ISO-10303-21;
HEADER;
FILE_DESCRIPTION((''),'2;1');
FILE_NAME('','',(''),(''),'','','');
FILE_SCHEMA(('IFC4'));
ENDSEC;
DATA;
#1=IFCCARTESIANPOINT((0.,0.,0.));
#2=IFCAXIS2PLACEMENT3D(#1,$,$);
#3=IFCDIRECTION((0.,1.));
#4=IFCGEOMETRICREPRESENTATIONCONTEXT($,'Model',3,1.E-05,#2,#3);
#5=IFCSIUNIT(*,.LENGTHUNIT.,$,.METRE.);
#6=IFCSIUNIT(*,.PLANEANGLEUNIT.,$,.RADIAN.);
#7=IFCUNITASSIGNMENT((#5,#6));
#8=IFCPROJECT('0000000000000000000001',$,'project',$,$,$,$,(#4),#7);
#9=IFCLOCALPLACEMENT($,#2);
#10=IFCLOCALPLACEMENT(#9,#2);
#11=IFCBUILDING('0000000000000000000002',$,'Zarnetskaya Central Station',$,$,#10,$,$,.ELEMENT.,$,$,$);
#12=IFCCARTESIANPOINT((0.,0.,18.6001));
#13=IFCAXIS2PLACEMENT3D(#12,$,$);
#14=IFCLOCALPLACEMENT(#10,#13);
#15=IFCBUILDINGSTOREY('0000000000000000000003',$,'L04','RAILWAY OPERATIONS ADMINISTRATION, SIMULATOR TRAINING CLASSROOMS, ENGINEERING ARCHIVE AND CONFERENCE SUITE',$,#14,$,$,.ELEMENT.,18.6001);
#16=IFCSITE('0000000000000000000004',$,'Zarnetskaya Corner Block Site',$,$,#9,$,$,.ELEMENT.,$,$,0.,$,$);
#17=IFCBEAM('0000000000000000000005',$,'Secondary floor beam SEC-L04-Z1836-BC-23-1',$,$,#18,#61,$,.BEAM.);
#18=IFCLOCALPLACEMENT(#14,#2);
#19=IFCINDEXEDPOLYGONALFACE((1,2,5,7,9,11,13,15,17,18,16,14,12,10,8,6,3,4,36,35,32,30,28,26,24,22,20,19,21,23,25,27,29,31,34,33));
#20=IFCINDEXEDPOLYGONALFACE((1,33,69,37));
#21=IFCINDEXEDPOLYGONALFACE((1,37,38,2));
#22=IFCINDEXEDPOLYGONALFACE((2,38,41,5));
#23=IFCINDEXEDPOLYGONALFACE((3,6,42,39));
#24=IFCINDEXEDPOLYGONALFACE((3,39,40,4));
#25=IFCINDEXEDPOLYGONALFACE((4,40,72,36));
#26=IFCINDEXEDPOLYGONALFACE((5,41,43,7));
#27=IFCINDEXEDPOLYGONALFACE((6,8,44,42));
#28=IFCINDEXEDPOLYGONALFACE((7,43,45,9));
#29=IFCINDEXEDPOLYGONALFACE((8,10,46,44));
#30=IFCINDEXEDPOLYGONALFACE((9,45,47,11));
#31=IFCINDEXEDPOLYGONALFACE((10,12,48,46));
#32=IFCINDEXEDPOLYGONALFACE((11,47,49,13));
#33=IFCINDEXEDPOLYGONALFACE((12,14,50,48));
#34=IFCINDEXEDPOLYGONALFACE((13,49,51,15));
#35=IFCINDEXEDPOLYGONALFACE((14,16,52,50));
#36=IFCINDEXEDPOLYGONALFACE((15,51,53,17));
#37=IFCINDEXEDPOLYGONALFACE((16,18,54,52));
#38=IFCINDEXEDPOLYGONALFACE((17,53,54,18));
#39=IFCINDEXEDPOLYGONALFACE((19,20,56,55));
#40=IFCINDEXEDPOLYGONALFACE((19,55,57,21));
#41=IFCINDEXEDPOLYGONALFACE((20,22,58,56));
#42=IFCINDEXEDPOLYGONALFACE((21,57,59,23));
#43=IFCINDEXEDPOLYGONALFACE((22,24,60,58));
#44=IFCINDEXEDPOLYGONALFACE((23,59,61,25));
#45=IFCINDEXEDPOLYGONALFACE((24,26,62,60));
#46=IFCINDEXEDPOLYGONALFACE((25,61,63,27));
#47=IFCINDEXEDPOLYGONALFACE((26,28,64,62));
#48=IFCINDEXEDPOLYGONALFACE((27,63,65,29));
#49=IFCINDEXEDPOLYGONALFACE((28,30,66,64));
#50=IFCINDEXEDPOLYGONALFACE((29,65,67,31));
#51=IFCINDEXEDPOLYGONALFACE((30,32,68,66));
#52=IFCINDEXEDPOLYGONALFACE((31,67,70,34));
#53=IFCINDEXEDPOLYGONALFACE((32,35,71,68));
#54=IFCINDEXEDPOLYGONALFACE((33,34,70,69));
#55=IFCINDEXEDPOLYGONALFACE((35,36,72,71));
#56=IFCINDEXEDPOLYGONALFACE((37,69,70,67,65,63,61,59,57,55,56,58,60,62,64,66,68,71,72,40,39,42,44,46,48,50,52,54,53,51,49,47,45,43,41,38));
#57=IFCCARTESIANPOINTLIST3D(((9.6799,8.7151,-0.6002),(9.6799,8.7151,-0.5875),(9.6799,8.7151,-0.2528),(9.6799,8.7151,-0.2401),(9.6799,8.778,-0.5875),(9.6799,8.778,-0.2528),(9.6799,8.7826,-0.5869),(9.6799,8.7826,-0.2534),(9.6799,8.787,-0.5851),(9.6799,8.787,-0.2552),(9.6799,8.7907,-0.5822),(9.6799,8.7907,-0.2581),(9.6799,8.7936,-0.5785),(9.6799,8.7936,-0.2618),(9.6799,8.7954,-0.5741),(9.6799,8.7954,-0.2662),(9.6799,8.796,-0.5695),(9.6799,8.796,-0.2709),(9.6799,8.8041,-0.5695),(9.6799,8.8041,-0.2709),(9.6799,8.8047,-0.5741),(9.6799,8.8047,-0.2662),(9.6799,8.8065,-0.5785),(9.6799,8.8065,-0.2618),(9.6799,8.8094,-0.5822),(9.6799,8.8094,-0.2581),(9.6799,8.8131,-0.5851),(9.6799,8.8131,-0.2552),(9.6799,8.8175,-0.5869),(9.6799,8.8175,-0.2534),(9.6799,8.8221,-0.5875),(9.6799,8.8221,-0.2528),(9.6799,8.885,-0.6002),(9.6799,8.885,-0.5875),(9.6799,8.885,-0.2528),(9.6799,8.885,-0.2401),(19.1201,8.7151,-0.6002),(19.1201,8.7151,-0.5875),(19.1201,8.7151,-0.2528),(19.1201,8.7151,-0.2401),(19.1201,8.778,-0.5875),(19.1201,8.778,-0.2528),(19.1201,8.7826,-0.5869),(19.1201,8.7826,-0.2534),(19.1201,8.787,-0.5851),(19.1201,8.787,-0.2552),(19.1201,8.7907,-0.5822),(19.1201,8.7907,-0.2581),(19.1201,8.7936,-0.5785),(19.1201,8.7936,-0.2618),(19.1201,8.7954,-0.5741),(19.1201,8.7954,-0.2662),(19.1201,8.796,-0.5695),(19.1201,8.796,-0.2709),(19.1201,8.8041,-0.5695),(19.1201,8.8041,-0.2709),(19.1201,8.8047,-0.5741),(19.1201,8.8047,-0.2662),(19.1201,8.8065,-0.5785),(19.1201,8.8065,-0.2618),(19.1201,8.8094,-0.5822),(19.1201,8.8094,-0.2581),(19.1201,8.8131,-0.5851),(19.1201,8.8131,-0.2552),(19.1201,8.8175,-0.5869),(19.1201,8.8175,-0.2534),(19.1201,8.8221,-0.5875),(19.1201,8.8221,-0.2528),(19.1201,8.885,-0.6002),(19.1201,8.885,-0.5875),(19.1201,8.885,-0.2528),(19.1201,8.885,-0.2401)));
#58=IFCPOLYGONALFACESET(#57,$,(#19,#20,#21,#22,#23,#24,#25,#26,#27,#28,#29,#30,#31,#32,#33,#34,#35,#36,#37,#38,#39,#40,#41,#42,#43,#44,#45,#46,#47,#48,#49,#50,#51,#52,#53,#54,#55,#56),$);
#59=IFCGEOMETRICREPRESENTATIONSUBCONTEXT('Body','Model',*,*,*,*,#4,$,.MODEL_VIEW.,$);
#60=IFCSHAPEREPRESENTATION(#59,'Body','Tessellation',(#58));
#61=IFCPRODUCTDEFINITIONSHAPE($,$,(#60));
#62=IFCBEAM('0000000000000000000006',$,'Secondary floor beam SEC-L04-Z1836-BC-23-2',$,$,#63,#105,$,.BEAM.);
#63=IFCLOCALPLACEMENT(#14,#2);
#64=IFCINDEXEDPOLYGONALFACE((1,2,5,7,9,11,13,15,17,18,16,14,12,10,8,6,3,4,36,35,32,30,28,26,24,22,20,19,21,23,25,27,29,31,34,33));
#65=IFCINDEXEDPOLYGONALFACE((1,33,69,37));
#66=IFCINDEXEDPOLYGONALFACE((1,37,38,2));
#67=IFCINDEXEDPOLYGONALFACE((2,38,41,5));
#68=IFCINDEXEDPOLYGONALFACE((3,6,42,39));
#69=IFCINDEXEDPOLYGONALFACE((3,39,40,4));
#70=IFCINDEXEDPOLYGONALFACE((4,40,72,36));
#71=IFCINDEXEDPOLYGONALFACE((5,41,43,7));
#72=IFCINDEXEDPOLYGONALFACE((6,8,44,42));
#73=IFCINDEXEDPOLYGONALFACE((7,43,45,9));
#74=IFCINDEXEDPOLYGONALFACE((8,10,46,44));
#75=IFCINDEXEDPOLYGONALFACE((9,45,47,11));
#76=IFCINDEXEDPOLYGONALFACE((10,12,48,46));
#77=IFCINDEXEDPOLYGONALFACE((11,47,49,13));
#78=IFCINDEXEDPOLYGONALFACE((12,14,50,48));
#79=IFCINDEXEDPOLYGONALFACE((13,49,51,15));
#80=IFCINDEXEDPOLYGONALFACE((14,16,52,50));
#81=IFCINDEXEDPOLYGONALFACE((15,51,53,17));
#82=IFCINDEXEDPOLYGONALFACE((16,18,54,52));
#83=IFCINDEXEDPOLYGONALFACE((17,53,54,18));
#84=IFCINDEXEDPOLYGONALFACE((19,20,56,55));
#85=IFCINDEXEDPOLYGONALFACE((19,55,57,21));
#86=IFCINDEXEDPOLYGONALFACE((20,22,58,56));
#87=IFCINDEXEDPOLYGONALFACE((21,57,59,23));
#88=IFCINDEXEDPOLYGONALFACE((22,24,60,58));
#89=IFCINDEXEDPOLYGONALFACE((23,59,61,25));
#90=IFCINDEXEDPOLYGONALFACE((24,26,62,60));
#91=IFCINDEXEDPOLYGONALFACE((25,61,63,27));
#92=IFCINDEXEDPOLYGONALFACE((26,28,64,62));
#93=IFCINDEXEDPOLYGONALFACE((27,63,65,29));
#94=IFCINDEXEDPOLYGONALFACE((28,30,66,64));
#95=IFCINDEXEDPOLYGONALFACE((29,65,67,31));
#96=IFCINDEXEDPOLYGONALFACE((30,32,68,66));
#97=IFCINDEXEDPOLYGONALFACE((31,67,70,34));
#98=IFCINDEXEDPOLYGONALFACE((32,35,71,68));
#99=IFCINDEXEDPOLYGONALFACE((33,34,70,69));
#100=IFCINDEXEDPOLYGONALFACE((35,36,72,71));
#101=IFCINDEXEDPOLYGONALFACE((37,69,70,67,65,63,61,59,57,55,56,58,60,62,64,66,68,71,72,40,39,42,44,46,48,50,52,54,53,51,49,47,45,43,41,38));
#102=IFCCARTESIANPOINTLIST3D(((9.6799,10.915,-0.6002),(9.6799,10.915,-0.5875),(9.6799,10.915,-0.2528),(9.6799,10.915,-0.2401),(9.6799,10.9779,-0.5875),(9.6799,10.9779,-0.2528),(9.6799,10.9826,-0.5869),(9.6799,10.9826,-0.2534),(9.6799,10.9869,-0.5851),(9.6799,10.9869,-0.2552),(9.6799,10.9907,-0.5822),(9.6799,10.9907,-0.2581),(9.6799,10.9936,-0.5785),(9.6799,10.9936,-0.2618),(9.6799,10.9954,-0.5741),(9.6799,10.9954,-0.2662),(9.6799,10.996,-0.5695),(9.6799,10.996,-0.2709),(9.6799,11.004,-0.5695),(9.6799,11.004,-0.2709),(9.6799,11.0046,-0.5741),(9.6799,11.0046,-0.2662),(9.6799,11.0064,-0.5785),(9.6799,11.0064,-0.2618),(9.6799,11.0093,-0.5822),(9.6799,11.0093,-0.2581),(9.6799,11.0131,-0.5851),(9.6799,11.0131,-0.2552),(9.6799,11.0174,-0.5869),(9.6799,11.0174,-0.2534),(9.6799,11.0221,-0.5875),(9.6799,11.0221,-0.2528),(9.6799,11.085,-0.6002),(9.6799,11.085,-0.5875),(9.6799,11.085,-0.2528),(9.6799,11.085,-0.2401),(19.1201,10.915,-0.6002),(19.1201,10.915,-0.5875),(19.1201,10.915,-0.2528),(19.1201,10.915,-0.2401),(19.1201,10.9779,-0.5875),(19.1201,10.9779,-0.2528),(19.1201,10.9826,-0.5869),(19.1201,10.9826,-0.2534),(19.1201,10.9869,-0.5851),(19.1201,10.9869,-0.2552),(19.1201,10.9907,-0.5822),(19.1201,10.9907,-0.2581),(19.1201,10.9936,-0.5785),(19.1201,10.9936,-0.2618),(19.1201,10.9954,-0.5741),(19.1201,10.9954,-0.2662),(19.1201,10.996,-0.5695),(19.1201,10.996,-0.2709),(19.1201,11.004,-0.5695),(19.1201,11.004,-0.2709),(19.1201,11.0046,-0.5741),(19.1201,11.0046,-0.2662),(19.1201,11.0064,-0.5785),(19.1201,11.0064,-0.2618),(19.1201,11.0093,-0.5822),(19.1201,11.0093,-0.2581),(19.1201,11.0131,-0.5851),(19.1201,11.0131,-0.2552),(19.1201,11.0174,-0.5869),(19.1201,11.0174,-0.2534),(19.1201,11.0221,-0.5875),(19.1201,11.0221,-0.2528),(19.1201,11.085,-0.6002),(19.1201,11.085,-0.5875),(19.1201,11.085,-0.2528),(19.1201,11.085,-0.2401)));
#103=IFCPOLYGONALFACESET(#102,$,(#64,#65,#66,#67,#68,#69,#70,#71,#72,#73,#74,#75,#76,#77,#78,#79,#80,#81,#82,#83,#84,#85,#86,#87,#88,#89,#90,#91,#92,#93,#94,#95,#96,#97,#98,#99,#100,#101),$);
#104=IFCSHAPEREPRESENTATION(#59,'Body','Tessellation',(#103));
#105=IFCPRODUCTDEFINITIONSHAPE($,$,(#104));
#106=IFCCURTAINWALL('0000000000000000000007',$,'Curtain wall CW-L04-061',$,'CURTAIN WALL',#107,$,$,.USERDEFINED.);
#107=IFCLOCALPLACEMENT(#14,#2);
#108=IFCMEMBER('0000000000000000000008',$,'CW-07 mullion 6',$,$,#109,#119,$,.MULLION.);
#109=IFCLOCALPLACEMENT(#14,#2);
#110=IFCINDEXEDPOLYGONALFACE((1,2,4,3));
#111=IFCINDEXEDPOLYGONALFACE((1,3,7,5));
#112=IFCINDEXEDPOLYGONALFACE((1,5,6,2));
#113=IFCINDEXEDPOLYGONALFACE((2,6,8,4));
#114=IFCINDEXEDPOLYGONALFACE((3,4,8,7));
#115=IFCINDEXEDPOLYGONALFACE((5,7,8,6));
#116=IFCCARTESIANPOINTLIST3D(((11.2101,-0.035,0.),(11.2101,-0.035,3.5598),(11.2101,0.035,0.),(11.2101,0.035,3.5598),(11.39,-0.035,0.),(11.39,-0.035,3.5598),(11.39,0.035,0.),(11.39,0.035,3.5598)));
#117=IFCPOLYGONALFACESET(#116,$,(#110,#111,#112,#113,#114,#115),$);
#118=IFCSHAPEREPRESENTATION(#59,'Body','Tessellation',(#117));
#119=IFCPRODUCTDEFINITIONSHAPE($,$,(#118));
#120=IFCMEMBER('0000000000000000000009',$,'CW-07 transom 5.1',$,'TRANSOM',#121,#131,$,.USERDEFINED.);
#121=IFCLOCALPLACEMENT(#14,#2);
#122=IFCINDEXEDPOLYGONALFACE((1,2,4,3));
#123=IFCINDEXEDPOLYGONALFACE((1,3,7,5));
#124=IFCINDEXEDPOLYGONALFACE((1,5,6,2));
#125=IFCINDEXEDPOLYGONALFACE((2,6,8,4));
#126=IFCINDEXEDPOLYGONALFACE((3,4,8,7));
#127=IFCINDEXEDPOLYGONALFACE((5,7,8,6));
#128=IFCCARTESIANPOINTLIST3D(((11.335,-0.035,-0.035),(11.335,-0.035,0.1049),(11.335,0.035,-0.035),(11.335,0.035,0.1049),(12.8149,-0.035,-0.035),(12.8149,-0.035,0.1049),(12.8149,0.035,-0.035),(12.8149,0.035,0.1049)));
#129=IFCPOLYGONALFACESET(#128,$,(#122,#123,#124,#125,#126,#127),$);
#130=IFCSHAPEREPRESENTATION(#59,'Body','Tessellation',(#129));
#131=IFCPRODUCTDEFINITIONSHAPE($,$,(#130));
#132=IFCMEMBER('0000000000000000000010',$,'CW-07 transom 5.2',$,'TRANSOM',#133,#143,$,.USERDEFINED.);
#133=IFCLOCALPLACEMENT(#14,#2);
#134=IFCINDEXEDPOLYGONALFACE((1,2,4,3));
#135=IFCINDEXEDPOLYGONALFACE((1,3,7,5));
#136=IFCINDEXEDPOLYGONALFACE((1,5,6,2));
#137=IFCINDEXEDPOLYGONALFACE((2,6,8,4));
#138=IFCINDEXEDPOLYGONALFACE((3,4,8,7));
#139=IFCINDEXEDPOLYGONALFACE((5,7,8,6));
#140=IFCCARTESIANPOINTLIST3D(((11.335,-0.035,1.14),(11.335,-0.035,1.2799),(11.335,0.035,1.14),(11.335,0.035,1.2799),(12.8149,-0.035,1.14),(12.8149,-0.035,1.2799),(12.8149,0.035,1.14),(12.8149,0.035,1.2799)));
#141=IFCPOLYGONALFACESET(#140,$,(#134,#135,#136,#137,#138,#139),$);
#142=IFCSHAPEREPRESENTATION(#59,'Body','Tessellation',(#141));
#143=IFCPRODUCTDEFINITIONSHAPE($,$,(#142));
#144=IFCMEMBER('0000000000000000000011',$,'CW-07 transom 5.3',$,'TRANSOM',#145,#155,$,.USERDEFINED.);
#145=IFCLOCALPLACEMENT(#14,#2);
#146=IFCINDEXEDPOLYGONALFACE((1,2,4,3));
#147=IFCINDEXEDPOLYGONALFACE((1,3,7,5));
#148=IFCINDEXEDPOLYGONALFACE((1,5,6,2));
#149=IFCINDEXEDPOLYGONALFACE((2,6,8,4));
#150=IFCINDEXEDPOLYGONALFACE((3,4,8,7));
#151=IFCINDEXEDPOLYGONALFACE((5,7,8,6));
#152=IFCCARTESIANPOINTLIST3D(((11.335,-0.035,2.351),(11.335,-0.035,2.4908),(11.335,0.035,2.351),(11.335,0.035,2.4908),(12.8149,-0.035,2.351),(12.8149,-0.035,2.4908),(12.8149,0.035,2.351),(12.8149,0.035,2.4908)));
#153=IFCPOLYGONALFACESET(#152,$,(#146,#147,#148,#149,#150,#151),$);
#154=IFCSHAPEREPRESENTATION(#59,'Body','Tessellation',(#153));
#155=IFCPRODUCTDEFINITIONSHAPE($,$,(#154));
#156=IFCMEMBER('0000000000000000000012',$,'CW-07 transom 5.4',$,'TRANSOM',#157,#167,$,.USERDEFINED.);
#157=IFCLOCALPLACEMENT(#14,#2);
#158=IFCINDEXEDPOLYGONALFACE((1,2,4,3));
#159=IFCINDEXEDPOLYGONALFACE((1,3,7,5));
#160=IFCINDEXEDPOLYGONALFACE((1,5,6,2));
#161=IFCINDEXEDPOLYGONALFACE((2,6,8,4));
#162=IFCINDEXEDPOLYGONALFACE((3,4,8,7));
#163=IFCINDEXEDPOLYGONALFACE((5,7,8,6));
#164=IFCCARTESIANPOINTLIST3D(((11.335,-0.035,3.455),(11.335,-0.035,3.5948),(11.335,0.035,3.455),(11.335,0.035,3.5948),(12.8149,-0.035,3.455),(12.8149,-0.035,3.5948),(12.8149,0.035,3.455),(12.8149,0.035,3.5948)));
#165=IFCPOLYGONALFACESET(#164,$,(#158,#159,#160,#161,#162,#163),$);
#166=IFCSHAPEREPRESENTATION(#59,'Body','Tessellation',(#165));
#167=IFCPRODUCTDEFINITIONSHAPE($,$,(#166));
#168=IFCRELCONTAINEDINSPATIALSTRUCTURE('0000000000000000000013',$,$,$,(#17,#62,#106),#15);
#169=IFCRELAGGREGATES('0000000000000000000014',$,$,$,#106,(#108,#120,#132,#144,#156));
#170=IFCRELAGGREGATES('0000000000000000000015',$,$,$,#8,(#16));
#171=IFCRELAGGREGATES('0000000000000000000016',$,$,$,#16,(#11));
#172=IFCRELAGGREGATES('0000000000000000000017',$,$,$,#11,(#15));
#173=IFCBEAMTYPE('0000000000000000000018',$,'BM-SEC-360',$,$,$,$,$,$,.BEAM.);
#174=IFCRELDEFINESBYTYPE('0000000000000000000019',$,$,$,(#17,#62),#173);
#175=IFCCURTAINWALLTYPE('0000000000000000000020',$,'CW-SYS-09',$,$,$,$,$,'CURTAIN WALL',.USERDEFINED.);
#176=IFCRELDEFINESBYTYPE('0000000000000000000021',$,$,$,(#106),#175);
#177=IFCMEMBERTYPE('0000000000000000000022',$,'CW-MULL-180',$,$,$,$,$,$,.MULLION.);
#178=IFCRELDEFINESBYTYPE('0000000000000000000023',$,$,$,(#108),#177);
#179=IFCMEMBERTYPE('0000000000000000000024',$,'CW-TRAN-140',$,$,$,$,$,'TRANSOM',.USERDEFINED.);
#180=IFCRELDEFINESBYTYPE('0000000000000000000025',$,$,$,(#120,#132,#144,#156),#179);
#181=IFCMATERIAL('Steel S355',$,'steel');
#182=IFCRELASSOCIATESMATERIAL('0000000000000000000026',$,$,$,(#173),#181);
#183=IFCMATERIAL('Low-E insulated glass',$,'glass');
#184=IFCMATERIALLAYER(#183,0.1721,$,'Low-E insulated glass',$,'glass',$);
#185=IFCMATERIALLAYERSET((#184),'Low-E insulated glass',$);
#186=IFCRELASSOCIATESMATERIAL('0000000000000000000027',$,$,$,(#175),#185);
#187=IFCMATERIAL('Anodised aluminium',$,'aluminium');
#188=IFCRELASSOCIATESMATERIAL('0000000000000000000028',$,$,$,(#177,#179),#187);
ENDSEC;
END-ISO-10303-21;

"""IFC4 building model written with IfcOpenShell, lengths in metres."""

from ifc_helpers import new_model, si_unit, direction, frame, origin, origin_2d, place, context, subcontext, project, spatial, rectangle, i_section, extrude, material, layer, layer_set, material_profile, profile_set, type_object, element, aggregate, save


model = new_model("IFC4")

# Units and contexts
model_context = context("Model", 3, precision=1e-05, world=origin(), true_north=direction((0.0, 1.0)))
body_context = subcontext(model_context, "Body", "Model", "MODEL_VIEW")
ifc_project = project(units=[si_unit("LENGTHUNIT", "METRE"), si_unit("PLANEANGLEUNIT", "RADIAN")], contexts=[model_context])

# Site, building, storey
site_placement = place(None, origin())
site = spatial("IfcSite", under=ifc_project, at=site_placement, Name="Zarnetskaya Corner Block Site", CompositionType="ELEMENT", RefElevation=0.0)
building_placement = place(site_placement, origin())
building = spatial("IfcBuilding", under=site, at=building_placement, Name="Zarnetskaya Central Station", CompositionType="ELEMENT")
storey_placement = place(building_placement, frame((0.0, 0.0, 18.6001)))
storey = spatial("IfcBuildingStorey", under=building, at=storey_placement, Name="L04", Description="RAILWAY OPERATIONS ADMINISTRATION, SIMULATOR TRAINING CLASSROOMS, ENGINEERING ARCHIVE AND CONFERENCE SUITE", CompositionType="ELEMENT", Elevation=18.6001)

# Shared definitions
ifc_material_1 = material(Name="Steel S355", Category="steel")

# Beams
ifc_material_profile_1 = material_profile(ifc_material_1, i_section(OverallWidth=0.1699, OverallDepth=0.3601, WebThickness=0.0081, FlangeThickness=0.0127, FilletRadius=0.0181, at=origin_2d()), Name="IPE 360")
ifc_profile_set_1 = profile_set([ifc_material_profile_1], Name="Steel S355")
beam_type_1 = type_object("IfcBeamType", Name="BM-SEC-360", PredefinedType="BEAM", material=ifc_profile_set_1)
for number, where, z_axis, x_axis, name in (
    (1, (9.6799, 8.8, -0.4202), (1.0, 0.0, 0.0), (0.0, 1.0, 0.0), "Secondary floor beam SEC-L04-Z1836-BC-23-1"),
    (2, (9.6799, 11.0, -0.4202), (1.0, 0.0, 0.0), (0.0, 1.0, 0.0), "Secondary floor beam SEC-L04-Z1836-BC-23-2"),
):
    element("IfcBeam", number, at=place(storey_placement, frame(where, z_axis=z_axis, x_axis=x_axis)), inside=storey, type_object=beam_type_1, Name=name, PredefinedType="BEAM", context=body_context, shape_type="SweptSolid", body=[
        extrude(i_section(OverallWidth=0.1699, OverallDepth=0.3601, WebThickness=0.0081, FlangeThickness=0.0127, FilletRadius=0.0181, at=origin_2d()), origin(), (0.0, 0.0, 1.0), 9.4402),
    ])

# Curtain wall, members
ifc_material_2 = material(Name="Low-E insulated glass", Category="glass")
ifc_layer_1 = layer(ifc_material_2, 0.1721, Name="Low-E insulated glass", Category="glass")
ifc_layer_set_1 = layer_set([ifc_layer_1], Name="Low-E insulated glass")
curtain_wall_type = type_object("IfcCurtainWallType", Name="CW-SYS-09", ElementType="CURTAIN WALL", PredefinedType="USERDEFINED", material=ifc_layer_set_1)
curtain_wall_placement = place(storey_placement, origin())
curtain_wall = element("IfcCurtainWall", 3, at=curtain_wall_placement, inside=storey, type_object=curtain_wall_type, Name="Curtain wall CW-L04-061", ObjectType="CURTAIN WALL", PredefinedType="USERDEFINED")
ifc_material_3 = material(Name="Anodised aluminium", Category="aluminium")
ifc_material_profile_2 = material_profile(ifc_material_3, rectangle(XDim=0.0701, YDim=0.1799, at=origin_2d()), Name="ALU MULL 70x180")
ifc_profile_set_2 = profile_set([ifc_material_profile_2], Name="Anodised aluminium")
member_type_1 = type_object("IfcMemberType", Name="CW-MULL-180", PredefinedType="MULLION", material=ifc_profile_set_2)
member_1_placement = place(storey_placement, frame((11.3, 0.0, 0.0), z_axis=(0.0, 0.0, 1.0), x_axis=(0.0, -1.0, 0.0)))
member_1 = element("IfcMember", 4, at=member_1_placement, type_object=member_type_1, Name="CW-07 mullion 6", PredefinedType="MULLION", context=body_context, shape_type="SweptSolid", body=[
    extrude(rectangle(XDim=0.0701, YDim=0.1799, at=origin_2d()), origin(), (0.0, 0.0, 1.0), 3.5598),
])
ifc_material_profile_3 = material_profile(ifc_material_3, rectangle(XDim=0.0701, YDim=0.1399, at=origin_2d()), Name="ALU TRAN 70x140")
ifc_profile_set_3 = profile_set([ifc_material_profile_3], Name="Anodised aluminium")
member_type_2 = type_object("IfcMemberType", Name="CW-TRAN-140", ElementType="TRANSOM", PredefinedType="USERDEFINED", material=ifc_profile_set_3)
member_2_placement = place(storey_placement, frame((12.8149, 0.0, 0.0349), z_axis=(-1.0, 0.0, 0.0), x_axis=(0.0, -1.0, 0.0)))
member_2 = element("IfcMember", 5, at=member_2_placement, type_object=member_type_2, Name="CW-07 transom 5.1", ObjectType="TRANSOM", PredefinedType="USERDEFINED", context=body_context, shape_type="SweptSolid", body=[
    extrude(rectangle(XDim=0.0701, YDim=0.1399, at=origin_2d()), origin(), (0.0, 0.0, 1.0), 1.48),
])
member_3_placement = place(storey_placement, frame((12.8149, 0.0, 1.21), z_axis=(-1.0, 0.0, 0.0), x_axis=(0.0, -1.0, 0.0)))
member_3 = element("IfcMember", 6, at=member_3_placement, type_object=member_type_2, Name="CW-07 transom 5.2", ObjectType="TRANSOM", PredefinedType="USERDEFINED", context=body_context, shape_type="SweptSolid", body=[
    extrude(rectangle(XDim=0.0701, YDim=0.1399, at=origin_2d()), origin(), (0.0, 0.0, 1.0), 1.48),
])
member_4_placement = place(storey_placement, frame((12.8149, 0.0, 2.4209), z_axis=(-1.0, 0.0, 0.0), x_axis=(0.0, -1.0, 0.0)))
member_4 = element("IfcMember", 7, at=member_4_placement, type_object=member_type_2, Name="CW-07 transom 5.3", ObjectType="TRANSOM", PredefinedType="USERDEFINED", context=body_context, shape_type="SweptSolid", body=[
    extrude(rectangle(XDim=0.0701, YDim=0.1399, at=origin_2d()), origin(), (0.0, 0.0, 1.0), 1.48),
])
member_5_placement = place(storey_placement, frame((12.8149, 0.0, 3.5249), z_axis=(-1.0, 0.0, 0.0), x_axis=(0.0, -1.0, 0.0)))
member_5 = element("IfcMember", 8, at=member_5_placement, type_object=member_type_2, Name="CW-07 transom 5.4", ObjectType="TRANSOM", PredefinedType="USERDEFINED", context=body_context, shape_type="SweptSolid", body=[
    extrude(rectangle(XDim=0.0701, YDim=0.1399, at=origin_2d()), origin(), (0.0, 0.0, 1.0), 1.48),
])

aggregate(curtain_wall, [member_1, member_2, member_3, member_4, member_5])

save(model, "model.ifc")
